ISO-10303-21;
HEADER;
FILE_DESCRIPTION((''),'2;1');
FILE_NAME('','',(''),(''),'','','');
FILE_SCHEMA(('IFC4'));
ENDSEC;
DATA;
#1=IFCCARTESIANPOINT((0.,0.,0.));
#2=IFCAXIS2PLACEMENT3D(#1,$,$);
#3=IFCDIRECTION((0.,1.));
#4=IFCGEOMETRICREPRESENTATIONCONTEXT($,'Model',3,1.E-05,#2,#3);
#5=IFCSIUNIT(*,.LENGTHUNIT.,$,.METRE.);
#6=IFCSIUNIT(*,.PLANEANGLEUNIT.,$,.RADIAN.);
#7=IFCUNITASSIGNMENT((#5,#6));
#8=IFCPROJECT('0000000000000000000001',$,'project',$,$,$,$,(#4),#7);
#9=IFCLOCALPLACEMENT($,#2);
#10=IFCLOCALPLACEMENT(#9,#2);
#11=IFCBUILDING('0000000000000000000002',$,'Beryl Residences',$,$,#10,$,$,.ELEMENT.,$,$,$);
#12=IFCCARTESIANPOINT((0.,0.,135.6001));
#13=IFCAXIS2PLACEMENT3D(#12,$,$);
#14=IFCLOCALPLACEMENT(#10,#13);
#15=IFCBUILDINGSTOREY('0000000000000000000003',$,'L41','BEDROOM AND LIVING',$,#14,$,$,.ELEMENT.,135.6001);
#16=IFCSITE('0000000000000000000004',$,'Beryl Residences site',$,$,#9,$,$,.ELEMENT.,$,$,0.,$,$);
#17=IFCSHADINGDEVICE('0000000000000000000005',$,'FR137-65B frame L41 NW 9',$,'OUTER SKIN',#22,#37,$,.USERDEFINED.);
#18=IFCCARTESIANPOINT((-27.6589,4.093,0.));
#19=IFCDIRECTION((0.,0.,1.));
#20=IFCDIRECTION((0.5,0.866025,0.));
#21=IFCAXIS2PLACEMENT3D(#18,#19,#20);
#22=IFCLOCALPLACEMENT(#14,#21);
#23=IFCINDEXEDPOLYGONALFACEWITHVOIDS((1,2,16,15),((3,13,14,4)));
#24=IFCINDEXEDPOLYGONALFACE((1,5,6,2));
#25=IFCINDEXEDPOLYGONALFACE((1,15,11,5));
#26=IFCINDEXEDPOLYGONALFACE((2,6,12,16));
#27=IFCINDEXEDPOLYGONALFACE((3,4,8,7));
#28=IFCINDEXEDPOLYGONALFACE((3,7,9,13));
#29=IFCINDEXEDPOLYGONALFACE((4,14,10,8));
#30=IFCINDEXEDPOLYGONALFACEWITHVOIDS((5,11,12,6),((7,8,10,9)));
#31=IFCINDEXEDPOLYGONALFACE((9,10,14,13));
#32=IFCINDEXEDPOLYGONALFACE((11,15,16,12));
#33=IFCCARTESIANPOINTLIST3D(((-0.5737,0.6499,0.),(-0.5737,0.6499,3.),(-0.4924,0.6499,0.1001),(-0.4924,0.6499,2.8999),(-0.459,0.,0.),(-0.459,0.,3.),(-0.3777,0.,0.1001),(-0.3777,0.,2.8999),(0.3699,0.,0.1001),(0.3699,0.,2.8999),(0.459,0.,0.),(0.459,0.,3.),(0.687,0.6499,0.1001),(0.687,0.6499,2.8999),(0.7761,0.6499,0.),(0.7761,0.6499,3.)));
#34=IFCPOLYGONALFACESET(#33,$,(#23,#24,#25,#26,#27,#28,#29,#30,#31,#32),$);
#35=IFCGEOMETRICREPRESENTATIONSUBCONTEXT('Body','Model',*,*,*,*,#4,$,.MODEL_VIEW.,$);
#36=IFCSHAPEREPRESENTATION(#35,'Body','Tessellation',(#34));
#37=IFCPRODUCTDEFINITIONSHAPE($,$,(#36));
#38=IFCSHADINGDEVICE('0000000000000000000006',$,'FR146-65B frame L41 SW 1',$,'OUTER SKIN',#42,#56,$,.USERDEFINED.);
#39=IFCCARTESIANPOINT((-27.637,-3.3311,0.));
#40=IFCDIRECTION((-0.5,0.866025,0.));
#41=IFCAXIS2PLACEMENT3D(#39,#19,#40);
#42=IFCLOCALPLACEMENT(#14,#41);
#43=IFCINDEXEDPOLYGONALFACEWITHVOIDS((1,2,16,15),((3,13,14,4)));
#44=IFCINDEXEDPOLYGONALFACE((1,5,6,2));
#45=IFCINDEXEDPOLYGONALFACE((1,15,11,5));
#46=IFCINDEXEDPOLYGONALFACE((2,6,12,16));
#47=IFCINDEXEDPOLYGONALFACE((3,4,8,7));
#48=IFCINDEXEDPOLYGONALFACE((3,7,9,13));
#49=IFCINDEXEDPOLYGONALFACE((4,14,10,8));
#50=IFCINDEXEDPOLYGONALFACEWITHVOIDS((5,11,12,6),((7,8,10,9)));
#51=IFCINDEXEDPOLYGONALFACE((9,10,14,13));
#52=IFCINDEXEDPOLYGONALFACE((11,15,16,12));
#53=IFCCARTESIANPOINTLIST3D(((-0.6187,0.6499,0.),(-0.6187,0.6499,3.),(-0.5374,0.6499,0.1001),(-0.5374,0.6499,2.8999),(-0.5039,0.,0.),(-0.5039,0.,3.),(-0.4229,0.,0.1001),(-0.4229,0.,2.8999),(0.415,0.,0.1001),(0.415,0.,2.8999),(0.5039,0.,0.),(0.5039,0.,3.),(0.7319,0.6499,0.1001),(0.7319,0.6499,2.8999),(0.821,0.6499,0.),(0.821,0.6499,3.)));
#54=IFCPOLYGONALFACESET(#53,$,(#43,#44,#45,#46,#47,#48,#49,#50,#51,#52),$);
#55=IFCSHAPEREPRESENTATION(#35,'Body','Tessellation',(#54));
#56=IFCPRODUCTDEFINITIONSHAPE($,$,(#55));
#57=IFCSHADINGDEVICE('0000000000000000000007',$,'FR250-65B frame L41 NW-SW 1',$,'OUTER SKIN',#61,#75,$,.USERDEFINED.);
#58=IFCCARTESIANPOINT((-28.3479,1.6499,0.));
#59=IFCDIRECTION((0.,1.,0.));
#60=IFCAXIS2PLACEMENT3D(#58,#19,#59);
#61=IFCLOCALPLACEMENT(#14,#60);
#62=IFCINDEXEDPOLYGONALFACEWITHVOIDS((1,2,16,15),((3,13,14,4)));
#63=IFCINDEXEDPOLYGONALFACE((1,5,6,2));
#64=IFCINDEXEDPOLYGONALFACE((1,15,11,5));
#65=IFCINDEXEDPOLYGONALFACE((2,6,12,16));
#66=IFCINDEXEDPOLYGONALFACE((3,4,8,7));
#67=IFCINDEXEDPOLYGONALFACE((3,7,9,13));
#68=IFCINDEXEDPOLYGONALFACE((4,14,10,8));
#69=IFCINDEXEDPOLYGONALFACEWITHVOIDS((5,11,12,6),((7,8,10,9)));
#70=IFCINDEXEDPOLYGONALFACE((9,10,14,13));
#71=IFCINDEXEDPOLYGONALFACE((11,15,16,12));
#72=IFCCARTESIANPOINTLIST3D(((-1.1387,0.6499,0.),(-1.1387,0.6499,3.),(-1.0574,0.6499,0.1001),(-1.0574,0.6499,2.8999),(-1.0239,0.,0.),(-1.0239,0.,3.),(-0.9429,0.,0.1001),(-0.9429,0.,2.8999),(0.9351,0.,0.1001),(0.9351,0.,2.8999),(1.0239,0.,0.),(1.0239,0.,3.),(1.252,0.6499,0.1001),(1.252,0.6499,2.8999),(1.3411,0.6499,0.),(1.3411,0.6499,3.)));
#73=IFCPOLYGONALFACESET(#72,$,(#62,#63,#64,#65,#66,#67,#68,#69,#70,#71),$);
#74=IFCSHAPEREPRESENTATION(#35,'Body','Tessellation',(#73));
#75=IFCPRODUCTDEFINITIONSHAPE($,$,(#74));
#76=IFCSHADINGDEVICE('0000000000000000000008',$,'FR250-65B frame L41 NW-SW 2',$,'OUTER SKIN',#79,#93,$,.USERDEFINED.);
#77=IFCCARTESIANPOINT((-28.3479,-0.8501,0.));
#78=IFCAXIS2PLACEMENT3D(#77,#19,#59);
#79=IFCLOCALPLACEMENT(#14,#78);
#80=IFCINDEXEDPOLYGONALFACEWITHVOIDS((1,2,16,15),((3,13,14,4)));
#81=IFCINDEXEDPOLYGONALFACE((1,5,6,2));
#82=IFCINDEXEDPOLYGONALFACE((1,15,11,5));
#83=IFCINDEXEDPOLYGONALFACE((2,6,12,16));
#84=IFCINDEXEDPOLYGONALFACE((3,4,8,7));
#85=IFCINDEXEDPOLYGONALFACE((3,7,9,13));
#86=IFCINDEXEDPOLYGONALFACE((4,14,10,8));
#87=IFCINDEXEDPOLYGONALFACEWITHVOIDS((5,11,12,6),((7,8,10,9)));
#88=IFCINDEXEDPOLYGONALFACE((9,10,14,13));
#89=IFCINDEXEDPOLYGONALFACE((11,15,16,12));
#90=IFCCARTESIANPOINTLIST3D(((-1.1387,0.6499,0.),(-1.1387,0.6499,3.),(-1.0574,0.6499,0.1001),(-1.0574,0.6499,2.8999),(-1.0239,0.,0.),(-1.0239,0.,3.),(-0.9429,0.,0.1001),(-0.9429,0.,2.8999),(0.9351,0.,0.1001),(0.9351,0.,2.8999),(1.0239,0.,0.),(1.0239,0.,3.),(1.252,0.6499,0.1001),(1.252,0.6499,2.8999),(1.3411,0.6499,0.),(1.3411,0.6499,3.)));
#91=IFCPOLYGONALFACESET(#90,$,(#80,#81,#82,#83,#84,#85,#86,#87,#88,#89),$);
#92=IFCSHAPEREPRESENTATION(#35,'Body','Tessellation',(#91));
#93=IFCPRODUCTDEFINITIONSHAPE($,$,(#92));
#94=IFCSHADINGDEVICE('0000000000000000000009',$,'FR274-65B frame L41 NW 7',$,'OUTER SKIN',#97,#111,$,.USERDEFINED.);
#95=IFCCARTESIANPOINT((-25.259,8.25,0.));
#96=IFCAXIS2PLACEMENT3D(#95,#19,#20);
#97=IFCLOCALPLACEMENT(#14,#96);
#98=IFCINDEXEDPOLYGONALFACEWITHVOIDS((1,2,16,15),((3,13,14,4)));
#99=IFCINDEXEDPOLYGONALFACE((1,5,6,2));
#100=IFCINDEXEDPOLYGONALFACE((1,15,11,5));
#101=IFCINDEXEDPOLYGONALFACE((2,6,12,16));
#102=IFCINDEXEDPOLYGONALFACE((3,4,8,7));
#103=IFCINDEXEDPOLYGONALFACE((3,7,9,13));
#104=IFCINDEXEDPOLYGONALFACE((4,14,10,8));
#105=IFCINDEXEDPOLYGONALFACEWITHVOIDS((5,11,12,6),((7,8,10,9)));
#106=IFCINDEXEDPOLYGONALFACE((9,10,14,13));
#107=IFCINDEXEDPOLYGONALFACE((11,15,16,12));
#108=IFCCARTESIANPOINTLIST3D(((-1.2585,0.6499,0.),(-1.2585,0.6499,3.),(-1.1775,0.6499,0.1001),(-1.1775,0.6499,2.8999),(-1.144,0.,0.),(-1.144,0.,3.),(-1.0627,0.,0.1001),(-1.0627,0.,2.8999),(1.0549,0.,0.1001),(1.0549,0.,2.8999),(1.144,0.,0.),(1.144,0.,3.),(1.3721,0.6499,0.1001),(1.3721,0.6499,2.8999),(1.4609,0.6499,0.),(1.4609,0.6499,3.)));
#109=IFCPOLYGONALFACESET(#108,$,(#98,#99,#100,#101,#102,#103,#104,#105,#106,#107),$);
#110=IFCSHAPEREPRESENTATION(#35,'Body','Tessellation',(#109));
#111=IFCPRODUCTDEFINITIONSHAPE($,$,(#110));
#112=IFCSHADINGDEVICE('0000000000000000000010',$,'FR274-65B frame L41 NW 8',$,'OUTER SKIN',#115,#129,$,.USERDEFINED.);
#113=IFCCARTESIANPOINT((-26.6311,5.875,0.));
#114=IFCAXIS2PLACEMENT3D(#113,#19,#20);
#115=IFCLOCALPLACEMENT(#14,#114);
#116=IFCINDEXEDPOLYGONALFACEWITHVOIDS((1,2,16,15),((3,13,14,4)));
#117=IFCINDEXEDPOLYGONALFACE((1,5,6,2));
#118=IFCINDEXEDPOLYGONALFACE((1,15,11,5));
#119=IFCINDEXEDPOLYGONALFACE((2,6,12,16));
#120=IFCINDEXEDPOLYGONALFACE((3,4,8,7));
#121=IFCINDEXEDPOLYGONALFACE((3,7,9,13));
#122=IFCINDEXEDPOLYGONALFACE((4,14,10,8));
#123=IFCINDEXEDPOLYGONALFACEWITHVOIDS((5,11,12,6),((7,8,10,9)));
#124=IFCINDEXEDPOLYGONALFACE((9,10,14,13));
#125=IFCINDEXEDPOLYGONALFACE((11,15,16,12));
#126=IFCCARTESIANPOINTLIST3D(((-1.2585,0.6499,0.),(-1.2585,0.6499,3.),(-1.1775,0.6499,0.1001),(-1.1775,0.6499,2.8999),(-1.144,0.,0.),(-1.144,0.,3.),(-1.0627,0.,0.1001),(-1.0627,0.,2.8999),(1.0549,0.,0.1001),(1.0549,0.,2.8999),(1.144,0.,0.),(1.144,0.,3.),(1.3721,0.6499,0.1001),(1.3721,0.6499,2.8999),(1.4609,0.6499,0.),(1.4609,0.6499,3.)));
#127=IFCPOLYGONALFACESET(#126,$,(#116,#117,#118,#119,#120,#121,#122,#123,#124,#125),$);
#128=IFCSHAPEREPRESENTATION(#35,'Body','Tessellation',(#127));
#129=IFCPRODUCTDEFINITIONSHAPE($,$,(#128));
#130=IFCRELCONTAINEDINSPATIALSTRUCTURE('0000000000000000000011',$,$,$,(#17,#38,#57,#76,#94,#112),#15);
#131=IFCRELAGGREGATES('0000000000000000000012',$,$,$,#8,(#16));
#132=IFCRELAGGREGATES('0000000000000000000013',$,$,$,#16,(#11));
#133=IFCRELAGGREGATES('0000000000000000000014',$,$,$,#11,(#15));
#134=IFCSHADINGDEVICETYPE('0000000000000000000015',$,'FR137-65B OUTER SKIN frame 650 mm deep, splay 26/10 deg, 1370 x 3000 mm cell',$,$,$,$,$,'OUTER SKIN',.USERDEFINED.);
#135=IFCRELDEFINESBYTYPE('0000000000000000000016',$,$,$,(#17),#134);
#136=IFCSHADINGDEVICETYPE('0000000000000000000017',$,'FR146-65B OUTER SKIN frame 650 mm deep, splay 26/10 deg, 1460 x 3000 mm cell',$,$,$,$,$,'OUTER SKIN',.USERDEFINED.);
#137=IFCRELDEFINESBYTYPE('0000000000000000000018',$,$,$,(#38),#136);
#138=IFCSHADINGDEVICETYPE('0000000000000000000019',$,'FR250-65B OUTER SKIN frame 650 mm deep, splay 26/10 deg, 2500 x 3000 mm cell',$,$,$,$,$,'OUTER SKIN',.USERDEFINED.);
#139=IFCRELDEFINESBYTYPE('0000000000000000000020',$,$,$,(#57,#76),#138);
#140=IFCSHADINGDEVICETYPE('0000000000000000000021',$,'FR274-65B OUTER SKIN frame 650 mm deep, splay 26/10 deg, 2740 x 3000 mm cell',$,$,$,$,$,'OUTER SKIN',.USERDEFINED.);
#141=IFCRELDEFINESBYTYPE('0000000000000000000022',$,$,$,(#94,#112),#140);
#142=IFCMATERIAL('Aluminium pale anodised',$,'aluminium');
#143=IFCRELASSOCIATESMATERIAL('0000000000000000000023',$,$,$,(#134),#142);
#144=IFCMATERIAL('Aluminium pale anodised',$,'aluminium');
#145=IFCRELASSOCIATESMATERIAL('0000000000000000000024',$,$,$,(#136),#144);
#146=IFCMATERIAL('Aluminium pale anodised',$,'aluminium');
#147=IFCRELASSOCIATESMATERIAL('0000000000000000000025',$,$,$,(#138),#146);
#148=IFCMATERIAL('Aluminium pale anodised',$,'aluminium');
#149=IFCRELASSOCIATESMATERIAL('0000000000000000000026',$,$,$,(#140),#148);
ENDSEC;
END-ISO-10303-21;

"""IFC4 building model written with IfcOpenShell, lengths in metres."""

from ifc_helpers import new_model, entity, si_unit, direction, frame, origin, place, context, subcontext, project, spatial, source, transform, mapped, material, type_object, type_shapes, element, save


model = new_model("IFC4")

# Units and contexts
model_context = context("Model", 3, precision=1e-05, world=origin(), true_north=direction((0.0, 1.0)))
body_context = subcontext(model_context, "Body", "Model", "MODEL_VIEW")
ifc_project = project(units=[si_unit("LENGTHUNIT", "METRE"), si_unit("PLANEANGLEUNIT", "RADIAN")], contexts=[model_context])

# Site, building, storey
site_placement = place(None, origin())
site = spatial("IfcSite", under=ifc_project, at=site_placement, Name="Beryl Residences site", CompositionType="ELEMENT", RefElevation=0.0)
building_placement = place(site_placement, origin())
building = spatial("IfcBuilding", under=site, at=building_placement, Name="Beryl Residences", CompositionType="ELEMENT")
storey_placement = place(building_placement, frame((0.0, 0.0, 135.6001)))
storey = spatial("IfcBuildingStorey", under=building, at=storey_placement, Name="L41", Description="BEDROOM AND LIVING", CompositionType="ELEMENT", Elevation=135.6001)

# Shading devices
ifc_material_1 = material(Name="Aluminium pale anodised", Category="aluminium")
shading_device_type_1 = type_object("IfcShadingDeviceType", Name="FR137-65B OUTER SKIN frame 650 mm deep, splay 26/10 deg, 1370 x 3000 mm cell", ElementType="OUTER SKIN", PredefinedType="USERDEFINED", material=ifc_material_1)
cartesian_point_1 = entity("IfcCartesianPoint", [-0.459, 0.0])
cartesian_point_2 = entity("IfcCartesianPoint", [-0.3699, 0.1001])
cartesian_point_3 = entity("IfcCartesianPoint", [-0.7761, 0.0])
cartesian_point_4 = entity("IfcCartesianPoint", [-0.687, 0.1001])
shared_shape_1 = source(origin(), body_context, "Body", "SweptSolid", [
    entity("IfcExtrudedAreaSolidTapered", entity("IfcArbitraryProfileDefWithVoids", "AREA", None, entity("IfcPolyline", [cartesian_point_1, entity("IfcCartesianPoint", [0.459, 0.0]), entity("IfcCartesianPoint", [0.459, 3.0]), entity("IfcCartesianPoint", [-0.459, 3.0]), cartesian_point_1]), [entity("IfcPolyline", [cartesian_point_2, entity("IfcCartesianPoint", [0.3777, 0.1001]), entity("IfcCartesianPoint", [0.3777, 2.8999]), entity("IfcCartesianPoint", [-0.3699, 2.8999]), cartesian_point_2])]), entity("IfcAxis2Placement3D", entity("IfcCartesianPoint", [0.0, 0.0, 0.0]), entity("IfcDirection", [0.0, 1.0, 0.0]), entity("IfcDirection", [-1.0, 0.0, 0.0])), entity("IfcDirection", [0.0, 0.0, 1.0]), 0.6499, entity("IfcArbitraryProfileDefWithVoids", "AREA", None, entity("IfcPolyline", [cartesian_point_3, entity("IfcCartesianPoint", [0.5737, 0.0]), entity("IfcCartesianPoint", [0.5737, 3.0]), entity("IfcCartesianPoint", [-0.7761, 3.0]), cartesian_point_3]), [entity("IfcPolyline", [cartesian_point_4, entity("IfcCartesianPoint", [0.4924, 0.1001]), entity("IfcCartesianPoint", [0.4924, 2.8999]), entity("IfcCartesianPoint", [-0.687, 2.8999]), cartesian_point_4])])),
])
type_shapes(shading_device_type_1, [shared_shape_1])
shading_device_1_placement = place(storey_placement, frame((-27.6589, 4.093, 0.0), z_axis=(0.0, 0.0, 1.0), x_axis=(0.5, 0.866025, 0.0)))
element("IfcShadingDevice", 1, at=shading_device_1_placement, inside=storey, type_object=shading_device_type_1, Name="FR137-65B frame L41 NW 9", ObjectType="OUTER SKIN", PredefinedType="USERDEFINED", context=body_context, shape_type="MappedRepresentation", body=[
    mapped(shared_shape_1, transform((0.0, 0.0, 0.0))),
])
ifc_material_2 = material(Name="Aluminium pale anodised", Category="aluminium")
shading_device_type_2 = type_object("IfcShadingDeviceType", Name="FR146-65B OUTER SKIN frame 650 mm deep, splay 26/10 deg, 1460 x 3000 mm cell", ElementType="OUTER SKIN", PredefinedType="USERDEFINED", material=ifc_material_2)
cartesian_point_5 = entity("IfcCartesianPoint", [-0.5039, 0.0])
cartesian_point_6 = entity("IfcCartesianPoint", [-0.415, 0.1001])
cartesian_point_7 = entity("IfcCartesianPoint", [-0.821, 0.0])
cartesian_point_8 = entity("IfcCartesianPoint", [-0.7319, 0.1001])
shared_shape_2 = source(origin(), body_context, "Body", "SweptSolid", [
    entity("IfcExtrudedAreaSolidTapered", entity("IfcArbitraryProfileDefWithVoids", "AREA", None, entity("IfcPolyline", [cartesian_point_5, entity("IfcCartesianPoint", [0.5039, 0.0]), entity("IfcCartesianPoint", [0.5039, 3.0]), entity("IfcCartesianPoint", [-0.5039, 3.0]), cartesian_point_5]), [entity("IfcPolyline", [cartesian_point_6, entity("IfcCartesianPoint", [0.4229, 0.1001]), entity("IfcCartesianPoint", [0.4229, 2.8999]), entity("IfcCartesianPoint", [-0.415, 2.8999]), cartesian_point_6])]), entity("IfcAxis2Placement3D", entity("IfcCartesianPoint", [0.0, 0.0, 0.0]), entity("IfcDirection", [0.0, 1.0, 0.0]), entity("IfcDirection", [-1.0, 0.0, 0.0])), entity("IfcDirection", [0.0, 0.0, 1.0]), 0.6499, entity("IfcArbitraryProfileDefWithVoids", "AREA", None, entity("IfcPolyline", [cartesian_point_7, entity("IfcCartesianPoint", [0.6187, 0.0]), entity("IfcCartesianPoint", [0.6187, 3.0]), entity("IfcCartesianPoint", [-0.821, 3.0]), cartesian_point_7]), [entity("IfcPolyline", [cartesian_point_8, entity("IfcCartesianPoint", [0.5374, 0.1001]), entity("IfcCartesianPoint", [0.5374, 2.8999]), entity("IfcCartesianPoint", [-0.7319, 2.8999]), cartesian_point_8])])),
])
type_shapes(shading_device_type_2, [shared_shape_2])
shading_device_2_placement = place(storey_placement, frame((-27.637, -3.3311, 0.0), z_axis=(0.0, 0.0, 1.0), x_axis=(-0.5, 0.866025, 0.0)))
element("IfcShadingDevice", 2, at=shading_device_2_placement, inside=storey, type_object=shading_device_type_2, Name="FR146-65B frame L41 SW 1", ObjectType="OUTER SKIN", PredefinedType="USERDEFINED", context=body_context, shape_type="MappedRepresentation", body=[
    mapped(shared_shape_2, transform((0.0, 0.0, 0.0))),
])
ifc_material_3 = material(Name="Aluminium pale anodised", Category="aluminium")
shading_device_type_3 = type_object("IfcShadingDeviceType", Name="FR250-65B OUTER SKIN frame 650 mm deep, splay 26/10 deg, 2500 x 3000 mm cell", ElementType="OUTER SKIN", PredefinedType="USERDEFINED", material=ifc_material_3)
cartesian_point_9 = entity("IfcCartesianPoint", [-1.0239, 0.0])
cartesian_point_10 = entity("IfcCartesianPoint", [-0.9351, 0.1001])
cartesian_point_11 = entity("IfcCartesianPoint", [-1.3411, 0.0])
cartesian_point_12 = entity("IfcCartesianPoint", [-1.252, 0.1001])
shared_shape_3 = source(origin(), body_context, "Body", "SweptSolid", [
    entity("IfcExtrudedAreaSolidTapered", entity("IfcArbitraryProfileDefWithVoids", "AREA", None, entity("IfcPolyline", [cartesian_point_9, entity("IfcCartesianPoint", [1.0239, 0.0]), entity("IfcCartesianPoint", [1.0239, 3.0]), entity("IfcCartesianPoint", [-1.0239, 3.0]), cartesian_point_9]), [entity("IfcPolyline", [cartesian_point_10, entity("IfcCartesianPoint", [0.9429, 0.1001]), entity("IfcCartesianPoint", [0.9429, 2.8999]), entity("IfcCartesianPoint", [-0.9351, 2.8999]), cartesian_point_10])]), entity("IfcAxis2Placement3D", entity("IfcCartesianPoint", [0.0, 0.0, 0.0]), entity("IfcDirection", [0.0, 1.0, 0.0]), entity("IfcDirection", [-1.0, 0.0, 0.0])), entity("IfcDirection", [0.0, 0.0, 1.0]), 0.6499, entity("IfcArbitraryProfileDefWithVoids", "AREA", None, entity("IfcPolyline", [cartesian_point_11, entity("IfcCartesianPoint", [1.1387, 0.0]), entity("IfcCartesianPoint", [1.1387, 3.0]), entity("IfcCartesianPoint", [-1.3411, 3.0]), cartesian_point_11]), [entity("IfcPolyline", [cartesian_point_12, entity("IfcCartesianPoint", [1.0574, 0.1001]), entity("IfcCartesianPoint", [1.0574, 2.8999]), entity("IfcCartesianPoint", [-1.252, 2.8999]), cartesian_point_12])])),
])
type_shapes(shading_device_type_3, [shared_shape_3])
for number, where, z_axis, x_axis, name in (
    (3, (-28.3479, 1.6499, 0.0), (0.0, 0.0, 1.0), (0.0, 1.0, 0.0), "FR250-65B frame L41 NW-SW 1"),
    (4, (-28.3479, -0.8501, 0.0), (0.0, 0.0, 1.0), (0.0, 1.0, 0.0), "FR250-65B frame L41 NW-SW 2"),
):
    element("IfcShadingDevice", number, at=place(storey_placement, frame(where, z_axis=z_axis, x_axis=x_axis)), inside=storey, type_object=shading_device_type_3, Name=name, ObjectType="OUTER SKIN", PredefinedType="USERDEFINED", context=body_context, shape_type="MappedRepresentation", body=[
        mapped(shared_shape_3, transform((0.0, 0.0, 0.0))),
    ])
ifc_material_4 = material(Name="Aluminium pale anodised", Category="aluminium")
shading_device_type_4 = type_object("IfcShadingDeviceType", Name="FR274-65B OUTER SKIN frame 650 mm deep, splay 26/10 deg, 2740 x 3000 mm cell", ElementType="OUTER SKIN", PredefinedType="USERDEFINED", material=ifc_material_4)
cartesian_point_13 = entity("IfcCartesianPoint", [-1.144, 0.0])
cartesian_point_14 = entity("IfcCartesianPoint", [-1.0549, 0.1001])
cartesian_point_15 = entity("IfcCartesianPoint", [-1.4609, 0.0])
cartesian_point_16 = entity("IfcCartesianPoint", [-1.3721, 0.1001])
shared_shape_4 = source(origin(), body_context, "Body", "SweptSolid", [
    entity("IfcExtrudedAreaSolidTapered", entity("IfcArbitraryProfileDefWithVoids", "AREA", None, entity("IfcPolyline", [cartesian_point_13, entity("IfcCartesianPoint", [1.144, 0.0]), entity("IfcCartesianPoint", [1.144, 3.0]), entity("IfcCartesianPoint", [-1.144, 3.0]), cartesian_point_13]), [entity("IfcPolyline", [cartesian_point_14, entity("IfcCartesianPoint", [1.0627, 0.1001]), entity("IfcCartesianPoint", [1.0627, 2.8999]), entity("IfcCartesianPoint", [-1.0549, 2.8999]), cartesian_point_14])]), entity("IfcAxis2Placement3D", entity("IfcCartesianPoint", [0.0, 0.0, 0.0]), entity("IfcDirection", [0.0, 1.0, 0.0]), entity("IfcDirection", [-1.0, 0.0, 0.0])), entity("IfcDirection", [0.0, 0.0, 1.0]), 0.6499, entity("IfcArbitraryProfileDefWithVoids", "AREA", None, entity("IfcPolyline", [cartesian_point_15, entity("IfcCartesianPoint", [1.2585, 0.0]), entity("IfcCartesianPoint", [1.2585, 3.0]), entity("IfcCartesianPoint", [-1.4609, 3.0]), cartesian_point_15]), [entity("IfcPolyline", [cartesian_point_16, entity("IfcCartesianPoint", [1.1775, 0.1001]), entity("IfcCartesianPoint", [1.1775, 2.8999]), entity("IfcCartesianPoint", [-1.3721, 2.8999]), cartesian_point_16])])),
])
type_shapes(shading_device_type_4, [shared_shape_4])
for number, where, z_axis, x_axis, name in (
    (5, (-25.259, 8.25, 0.0), (0.0, 0.0, 1.0), (0.5, 0.866025, 0.0), "FR274-65B frame L41 NW 7"),
    (6, (-26.6311, 5.875, 0.0), (0.0, 0.0, 1.0), (0.5, 0.866025, 0.0), "FR274-65B frame L41 NW 8"),
):
    element("IfcShadingDevice", number, at=place(storey_placement, frame(where, z_axis=z_axis, x_axis=x_axis)), inside=storey, type_object=shading_device_type_4, Name=name, ObjectType="OUTER SKIN", PredefinedType="USERDEFINED", context=body_context, shape_type="MappedRepresentation", body=[
        mapped(shared_shape_4, transform((0.0, 0.0, 0.0))),
    ])

save(model, "model.ifc")
